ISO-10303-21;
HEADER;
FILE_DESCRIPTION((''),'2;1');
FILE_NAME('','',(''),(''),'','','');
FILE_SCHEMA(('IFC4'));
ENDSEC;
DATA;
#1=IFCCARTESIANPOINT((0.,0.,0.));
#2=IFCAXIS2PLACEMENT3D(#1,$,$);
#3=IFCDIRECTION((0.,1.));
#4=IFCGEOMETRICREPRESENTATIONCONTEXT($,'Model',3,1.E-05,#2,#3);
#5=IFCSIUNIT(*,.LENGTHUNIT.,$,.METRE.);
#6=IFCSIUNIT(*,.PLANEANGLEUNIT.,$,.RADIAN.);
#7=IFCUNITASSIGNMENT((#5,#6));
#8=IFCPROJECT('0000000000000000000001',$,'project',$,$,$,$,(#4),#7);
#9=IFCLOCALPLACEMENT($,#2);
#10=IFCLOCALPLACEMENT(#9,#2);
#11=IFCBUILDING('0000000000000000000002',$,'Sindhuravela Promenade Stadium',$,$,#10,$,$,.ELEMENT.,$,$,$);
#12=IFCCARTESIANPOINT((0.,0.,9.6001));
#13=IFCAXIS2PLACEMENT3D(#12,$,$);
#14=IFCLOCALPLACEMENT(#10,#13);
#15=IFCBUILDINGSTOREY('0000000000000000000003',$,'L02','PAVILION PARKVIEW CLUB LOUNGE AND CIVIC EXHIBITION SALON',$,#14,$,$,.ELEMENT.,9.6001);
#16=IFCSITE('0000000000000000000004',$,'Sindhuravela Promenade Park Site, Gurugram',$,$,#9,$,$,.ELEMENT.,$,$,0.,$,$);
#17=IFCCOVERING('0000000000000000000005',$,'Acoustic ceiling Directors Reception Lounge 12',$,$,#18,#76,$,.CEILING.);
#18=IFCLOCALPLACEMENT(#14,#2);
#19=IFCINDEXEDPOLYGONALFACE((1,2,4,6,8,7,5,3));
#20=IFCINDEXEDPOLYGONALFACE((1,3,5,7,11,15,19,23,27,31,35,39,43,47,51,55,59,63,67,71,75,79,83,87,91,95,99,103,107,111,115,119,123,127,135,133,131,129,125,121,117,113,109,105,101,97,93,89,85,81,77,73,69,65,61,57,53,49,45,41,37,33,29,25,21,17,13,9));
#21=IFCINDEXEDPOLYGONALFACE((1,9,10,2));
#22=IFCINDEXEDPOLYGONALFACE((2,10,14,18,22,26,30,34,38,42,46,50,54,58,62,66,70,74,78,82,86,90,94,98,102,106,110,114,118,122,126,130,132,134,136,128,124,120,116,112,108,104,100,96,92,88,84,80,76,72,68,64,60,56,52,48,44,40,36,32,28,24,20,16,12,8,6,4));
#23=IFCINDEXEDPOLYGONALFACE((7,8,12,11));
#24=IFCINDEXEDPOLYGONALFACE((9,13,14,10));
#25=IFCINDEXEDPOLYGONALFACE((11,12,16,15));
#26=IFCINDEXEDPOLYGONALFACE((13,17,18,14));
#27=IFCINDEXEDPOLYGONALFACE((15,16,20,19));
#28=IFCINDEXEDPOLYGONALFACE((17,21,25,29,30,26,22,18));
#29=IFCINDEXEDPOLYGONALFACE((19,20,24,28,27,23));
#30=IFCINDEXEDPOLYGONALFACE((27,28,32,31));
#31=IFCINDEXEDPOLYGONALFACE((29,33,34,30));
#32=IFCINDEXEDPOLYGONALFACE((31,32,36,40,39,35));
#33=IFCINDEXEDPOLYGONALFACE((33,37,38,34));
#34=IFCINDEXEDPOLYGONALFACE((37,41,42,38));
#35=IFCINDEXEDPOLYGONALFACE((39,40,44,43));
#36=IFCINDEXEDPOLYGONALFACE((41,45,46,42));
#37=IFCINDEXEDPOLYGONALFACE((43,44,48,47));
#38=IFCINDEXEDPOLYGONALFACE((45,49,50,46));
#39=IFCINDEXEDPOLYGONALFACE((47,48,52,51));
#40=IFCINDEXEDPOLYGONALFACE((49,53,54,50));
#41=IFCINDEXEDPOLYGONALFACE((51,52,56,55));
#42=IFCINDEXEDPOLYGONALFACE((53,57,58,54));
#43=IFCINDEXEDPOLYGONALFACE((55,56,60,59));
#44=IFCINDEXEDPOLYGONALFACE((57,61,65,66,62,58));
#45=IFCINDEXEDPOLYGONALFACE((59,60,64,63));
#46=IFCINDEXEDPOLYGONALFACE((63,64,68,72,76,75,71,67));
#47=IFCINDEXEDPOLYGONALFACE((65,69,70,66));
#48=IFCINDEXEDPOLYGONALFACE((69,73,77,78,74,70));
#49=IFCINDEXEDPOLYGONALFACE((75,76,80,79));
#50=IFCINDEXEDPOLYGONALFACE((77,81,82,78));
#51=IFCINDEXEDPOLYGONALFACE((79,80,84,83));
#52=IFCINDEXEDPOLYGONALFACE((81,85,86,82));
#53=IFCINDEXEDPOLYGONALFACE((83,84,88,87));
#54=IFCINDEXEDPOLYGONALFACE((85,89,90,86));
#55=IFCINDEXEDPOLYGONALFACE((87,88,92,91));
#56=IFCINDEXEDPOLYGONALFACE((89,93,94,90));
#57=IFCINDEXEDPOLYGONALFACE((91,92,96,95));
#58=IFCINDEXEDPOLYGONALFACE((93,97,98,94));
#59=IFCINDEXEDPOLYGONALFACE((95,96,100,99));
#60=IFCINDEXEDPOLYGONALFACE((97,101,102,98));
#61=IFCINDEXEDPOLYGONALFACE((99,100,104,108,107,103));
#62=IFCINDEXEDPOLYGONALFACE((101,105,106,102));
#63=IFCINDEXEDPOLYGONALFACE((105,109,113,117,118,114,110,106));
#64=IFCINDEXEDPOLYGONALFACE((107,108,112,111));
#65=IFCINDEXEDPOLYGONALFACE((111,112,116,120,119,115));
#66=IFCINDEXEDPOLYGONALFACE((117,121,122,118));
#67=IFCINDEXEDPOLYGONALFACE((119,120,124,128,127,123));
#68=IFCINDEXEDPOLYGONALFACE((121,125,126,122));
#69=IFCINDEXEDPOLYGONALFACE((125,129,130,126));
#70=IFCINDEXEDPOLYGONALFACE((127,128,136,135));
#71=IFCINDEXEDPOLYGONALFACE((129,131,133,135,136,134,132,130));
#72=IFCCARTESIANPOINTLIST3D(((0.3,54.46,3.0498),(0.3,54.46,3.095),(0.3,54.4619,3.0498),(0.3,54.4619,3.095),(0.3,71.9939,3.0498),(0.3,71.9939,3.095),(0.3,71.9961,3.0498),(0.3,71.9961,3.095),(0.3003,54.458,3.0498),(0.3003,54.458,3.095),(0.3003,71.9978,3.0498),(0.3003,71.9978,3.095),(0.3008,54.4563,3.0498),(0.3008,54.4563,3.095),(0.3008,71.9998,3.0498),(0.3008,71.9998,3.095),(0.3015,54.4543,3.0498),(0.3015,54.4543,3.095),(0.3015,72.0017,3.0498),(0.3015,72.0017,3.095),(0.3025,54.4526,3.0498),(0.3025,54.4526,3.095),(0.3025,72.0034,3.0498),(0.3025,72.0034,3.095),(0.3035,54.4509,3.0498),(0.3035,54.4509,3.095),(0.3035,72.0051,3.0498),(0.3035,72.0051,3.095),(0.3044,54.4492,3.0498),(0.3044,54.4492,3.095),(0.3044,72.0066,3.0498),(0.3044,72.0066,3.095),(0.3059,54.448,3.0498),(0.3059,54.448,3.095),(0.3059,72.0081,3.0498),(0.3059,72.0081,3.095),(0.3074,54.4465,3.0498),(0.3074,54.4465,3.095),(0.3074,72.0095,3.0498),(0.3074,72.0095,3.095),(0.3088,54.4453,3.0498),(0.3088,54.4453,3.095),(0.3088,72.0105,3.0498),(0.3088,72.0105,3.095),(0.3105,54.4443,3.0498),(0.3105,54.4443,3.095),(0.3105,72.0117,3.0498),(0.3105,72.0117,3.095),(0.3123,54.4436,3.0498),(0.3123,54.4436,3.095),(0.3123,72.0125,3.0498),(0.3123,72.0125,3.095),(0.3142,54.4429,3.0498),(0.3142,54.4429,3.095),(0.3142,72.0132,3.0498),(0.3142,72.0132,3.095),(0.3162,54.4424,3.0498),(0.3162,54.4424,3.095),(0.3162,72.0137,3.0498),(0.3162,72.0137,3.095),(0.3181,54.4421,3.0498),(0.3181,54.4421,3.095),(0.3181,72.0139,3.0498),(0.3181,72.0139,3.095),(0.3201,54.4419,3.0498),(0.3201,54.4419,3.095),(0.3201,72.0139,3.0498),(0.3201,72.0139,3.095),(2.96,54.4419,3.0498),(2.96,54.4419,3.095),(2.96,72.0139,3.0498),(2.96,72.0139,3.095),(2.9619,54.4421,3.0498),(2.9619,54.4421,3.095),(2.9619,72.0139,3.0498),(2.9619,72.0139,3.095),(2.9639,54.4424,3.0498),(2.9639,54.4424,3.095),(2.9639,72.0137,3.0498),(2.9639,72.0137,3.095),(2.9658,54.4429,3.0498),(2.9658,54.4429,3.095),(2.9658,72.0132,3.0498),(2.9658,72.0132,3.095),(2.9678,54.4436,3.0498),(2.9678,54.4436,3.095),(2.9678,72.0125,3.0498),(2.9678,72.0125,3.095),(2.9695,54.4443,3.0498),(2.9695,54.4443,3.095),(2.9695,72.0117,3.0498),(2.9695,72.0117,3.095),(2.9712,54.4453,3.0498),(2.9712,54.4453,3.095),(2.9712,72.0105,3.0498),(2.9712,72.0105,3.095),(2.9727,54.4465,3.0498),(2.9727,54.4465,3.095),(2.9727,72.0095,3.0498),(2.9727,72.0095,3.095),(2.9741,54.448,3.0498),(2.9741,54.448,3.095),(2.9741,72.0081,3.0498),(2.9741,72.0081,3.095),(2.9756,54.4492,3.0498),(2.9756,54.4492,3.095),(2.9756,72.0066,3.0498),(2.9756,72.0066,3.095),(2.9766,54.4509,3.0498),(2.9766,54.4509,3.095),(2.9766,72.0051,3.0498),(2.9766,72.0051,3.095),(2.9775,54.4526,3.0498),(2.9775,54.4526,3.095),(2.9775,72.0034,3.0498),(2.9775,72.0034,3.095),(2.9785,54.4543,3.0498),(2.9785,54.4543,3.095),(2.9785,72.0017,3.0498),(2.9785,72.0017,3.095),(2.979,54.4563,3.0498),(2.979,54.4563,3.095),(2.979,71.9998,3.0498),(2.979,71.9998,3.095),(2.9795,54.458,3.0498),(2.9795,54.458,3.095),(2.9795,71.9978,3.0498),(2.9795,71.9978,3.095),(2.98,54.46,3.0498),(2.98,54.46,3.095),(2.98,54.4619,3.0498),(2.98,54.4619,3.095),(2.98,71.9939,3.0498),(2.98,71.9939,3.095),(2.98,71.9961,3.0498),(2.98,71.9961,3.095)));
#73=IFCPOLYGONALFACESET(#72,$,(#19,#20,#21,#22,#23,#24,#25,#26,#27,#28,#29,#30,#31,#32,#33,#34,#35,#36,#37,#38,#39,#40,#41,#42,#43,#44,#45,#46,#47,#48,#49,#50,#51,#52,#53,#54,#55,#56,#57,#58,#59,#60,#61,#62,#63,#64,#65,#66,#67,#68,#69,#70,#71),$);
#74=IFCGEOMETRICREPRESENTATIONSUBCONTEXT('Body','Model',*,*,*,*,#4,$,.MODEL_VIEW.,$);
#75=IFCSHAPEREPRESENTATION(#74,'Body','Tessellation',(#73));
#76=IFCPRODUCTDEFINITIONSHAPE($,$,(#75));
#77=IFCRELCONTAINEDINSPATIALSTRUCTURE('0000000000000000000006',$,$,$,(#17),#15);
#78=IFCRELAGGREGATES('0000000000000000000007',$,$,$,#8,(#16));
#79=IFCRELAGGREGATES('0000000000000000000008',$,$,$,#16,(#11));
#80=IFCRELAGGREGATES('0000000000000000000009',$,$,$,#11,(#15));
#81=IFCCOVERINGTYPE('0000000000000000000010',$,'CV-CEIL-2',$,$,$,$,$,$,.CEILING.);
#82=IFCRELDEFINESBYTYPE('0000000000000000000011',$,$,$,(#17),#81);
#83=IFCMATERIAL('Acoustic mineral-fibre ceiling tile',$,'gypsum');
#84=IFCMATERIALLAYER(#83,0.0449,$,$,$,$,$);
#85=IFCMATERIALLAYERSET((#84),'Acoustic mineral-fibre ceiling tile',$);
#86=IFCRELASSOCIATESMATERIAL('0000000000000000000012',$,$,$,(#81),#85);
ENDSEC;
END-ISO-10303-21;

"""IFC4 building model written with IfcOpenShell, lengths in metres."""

from ifc_helpers import new_model, si_unit, direction, frame, origin, place, context, subcontext, project, spatial, polyline, outline, extrude, material, layer, layer_set, type_object, element, save


model = new_model("IFC4")

# Units and contexts
model_context = context("Model", 3, precision=1e-05, world=origin(), true_north=direction((0.0, 1.0)))
body_context = subcontext(model_context, "Body", "Model", "MODEL_VIEW")
ifc_project = project(units=[si_unit("LENGTHUNIT", "METRE"), si_unit("PLANEANGLEUNIT", "RADIAN")], contexts=[model_context])

# Site, building, storey
site_placement = place(None, origin())
site = spatial("IfcSite", under=ifc_project, at=site_placement, Name="Sindhuravela Promenade Park Site, Gurugram", CompositionType="ELEMENT", RefElevation=0.0)
building_placement = place(site_placement, origin())
building = spatial("IfcBuilding", under=site, at=building_placement, Name="Sindhuravela Promenade Stadium", CompositionType="ELEMENT")
storey_placement = place(building_placement, frame((0.0, 0.0, 9.6001)))
storey = spatial("IfcBuildingStorey", under=building, at=storey_placement, Name="L02", Description="PAVILION PARKVIEW CLUB LOUNGE AND CIVIC EXHIBITION SALON", CompositionType="ELEMENT", Elevation=9.6001)

# Covering
ifc_material_1 = material(Name="Acoustic mineral-fibre ceiling tile", Category="gypsum")
ifc_layer_1 = layer(ifc_material_1, 0.0449)
ifc_layer_set_1 = layer_set([ifc_layer_1], Name="Acoustic mineral-fibre ceiling tile")
covering_type_1 = type_object("IfcCoveringType", Name="CV-CEIL-2", PredefinedType="CEILING", material=ifc_layer_set_1)
covering_1_placement = place(storey_placement, frame((0.0, 0.0, 3.0498)))
element("IfcCovering", 1, at=covering_1_placement, inside=storey, type_object=covering_type_1, Name="Acoustic ceiling Directors Reception Lounge 12", PredefinedType="CEILING", context=body_context, shape_type="SweptSolid", body=[
    extrude(outline(polyline([(0.3, 71.9939), (0.3, 71.9961), (0.3003, 71.9978), (0.3008, 71.9998), (0.3015, 72.0017), (0.3025, 72.0034), (0.3035, 72.0051), (0.3044, 72.0066), (0.3059, 72.0081), (0.3074, 72.0095), (0.3088, 72.0105), (0.3105, 72.0117), (0.3123, 72.0125), (0.3142, 72.0132), (0.3162, 72.0137), (0.3181, 72.0139), (0.3201, 72.0139), (2.96, 72.0139), (2.9619, 72.0139), (2.9639, 72.0137), (2.9658, 72.0132), (2.9678, 72.0125), (2.9695, 72.0117), (2.9712, 72.0105), (2.9727, 72.0095), (2.9741, 72.0081), (2.9756, 72.0066), (2.9766, 72.0051), (2.9775, 72.0034), (2.9785, 72.0017), (2.979, 71.9998), (2.9795, 71.9978), (2.98, 71.9961), (2.98, 71.9939), (2.98, 54.4619), (2.98, 54.46), (2.9795, 54.458), (2.979, 54.4563), (2.9785, 54.4543), (2.9775, 54.4526), (2.9766, 54.4509), (2.9756, 54.4492), (2.9741, 54.448), (2.9727, 54.4465), (2.9712, 54.4453), (2.9695, 54.4443), (2.9678, 54.4436), (2.9658, 54.4429), (2.9639, 54.4424), (2.9619, 54.4421), (2.96, 54.4419), (0.3201, 54.4419), (0.3181, 54.4421), (0.3162, 54.4424), (0.3142, 54.4429), (0.3123, 54.4436), (0.3105, 54.4443), (0.3088, 54.4453), (0.3074, 54.4465), (0.3059, 54.448), (0.3044, 54.4492), (0.3035, 54.4509), (0.3025, 54.4526), (0.3015, 54.4543), (0.3008, 54.4563), (0.3003, 54.458), (0.3, 54.46), (0.3, 54.4619), (0.3, 71.9939)])), origin(), (0.0, 0.0, 1.0), 0.0452),
])

save(model, "model.ifc")
